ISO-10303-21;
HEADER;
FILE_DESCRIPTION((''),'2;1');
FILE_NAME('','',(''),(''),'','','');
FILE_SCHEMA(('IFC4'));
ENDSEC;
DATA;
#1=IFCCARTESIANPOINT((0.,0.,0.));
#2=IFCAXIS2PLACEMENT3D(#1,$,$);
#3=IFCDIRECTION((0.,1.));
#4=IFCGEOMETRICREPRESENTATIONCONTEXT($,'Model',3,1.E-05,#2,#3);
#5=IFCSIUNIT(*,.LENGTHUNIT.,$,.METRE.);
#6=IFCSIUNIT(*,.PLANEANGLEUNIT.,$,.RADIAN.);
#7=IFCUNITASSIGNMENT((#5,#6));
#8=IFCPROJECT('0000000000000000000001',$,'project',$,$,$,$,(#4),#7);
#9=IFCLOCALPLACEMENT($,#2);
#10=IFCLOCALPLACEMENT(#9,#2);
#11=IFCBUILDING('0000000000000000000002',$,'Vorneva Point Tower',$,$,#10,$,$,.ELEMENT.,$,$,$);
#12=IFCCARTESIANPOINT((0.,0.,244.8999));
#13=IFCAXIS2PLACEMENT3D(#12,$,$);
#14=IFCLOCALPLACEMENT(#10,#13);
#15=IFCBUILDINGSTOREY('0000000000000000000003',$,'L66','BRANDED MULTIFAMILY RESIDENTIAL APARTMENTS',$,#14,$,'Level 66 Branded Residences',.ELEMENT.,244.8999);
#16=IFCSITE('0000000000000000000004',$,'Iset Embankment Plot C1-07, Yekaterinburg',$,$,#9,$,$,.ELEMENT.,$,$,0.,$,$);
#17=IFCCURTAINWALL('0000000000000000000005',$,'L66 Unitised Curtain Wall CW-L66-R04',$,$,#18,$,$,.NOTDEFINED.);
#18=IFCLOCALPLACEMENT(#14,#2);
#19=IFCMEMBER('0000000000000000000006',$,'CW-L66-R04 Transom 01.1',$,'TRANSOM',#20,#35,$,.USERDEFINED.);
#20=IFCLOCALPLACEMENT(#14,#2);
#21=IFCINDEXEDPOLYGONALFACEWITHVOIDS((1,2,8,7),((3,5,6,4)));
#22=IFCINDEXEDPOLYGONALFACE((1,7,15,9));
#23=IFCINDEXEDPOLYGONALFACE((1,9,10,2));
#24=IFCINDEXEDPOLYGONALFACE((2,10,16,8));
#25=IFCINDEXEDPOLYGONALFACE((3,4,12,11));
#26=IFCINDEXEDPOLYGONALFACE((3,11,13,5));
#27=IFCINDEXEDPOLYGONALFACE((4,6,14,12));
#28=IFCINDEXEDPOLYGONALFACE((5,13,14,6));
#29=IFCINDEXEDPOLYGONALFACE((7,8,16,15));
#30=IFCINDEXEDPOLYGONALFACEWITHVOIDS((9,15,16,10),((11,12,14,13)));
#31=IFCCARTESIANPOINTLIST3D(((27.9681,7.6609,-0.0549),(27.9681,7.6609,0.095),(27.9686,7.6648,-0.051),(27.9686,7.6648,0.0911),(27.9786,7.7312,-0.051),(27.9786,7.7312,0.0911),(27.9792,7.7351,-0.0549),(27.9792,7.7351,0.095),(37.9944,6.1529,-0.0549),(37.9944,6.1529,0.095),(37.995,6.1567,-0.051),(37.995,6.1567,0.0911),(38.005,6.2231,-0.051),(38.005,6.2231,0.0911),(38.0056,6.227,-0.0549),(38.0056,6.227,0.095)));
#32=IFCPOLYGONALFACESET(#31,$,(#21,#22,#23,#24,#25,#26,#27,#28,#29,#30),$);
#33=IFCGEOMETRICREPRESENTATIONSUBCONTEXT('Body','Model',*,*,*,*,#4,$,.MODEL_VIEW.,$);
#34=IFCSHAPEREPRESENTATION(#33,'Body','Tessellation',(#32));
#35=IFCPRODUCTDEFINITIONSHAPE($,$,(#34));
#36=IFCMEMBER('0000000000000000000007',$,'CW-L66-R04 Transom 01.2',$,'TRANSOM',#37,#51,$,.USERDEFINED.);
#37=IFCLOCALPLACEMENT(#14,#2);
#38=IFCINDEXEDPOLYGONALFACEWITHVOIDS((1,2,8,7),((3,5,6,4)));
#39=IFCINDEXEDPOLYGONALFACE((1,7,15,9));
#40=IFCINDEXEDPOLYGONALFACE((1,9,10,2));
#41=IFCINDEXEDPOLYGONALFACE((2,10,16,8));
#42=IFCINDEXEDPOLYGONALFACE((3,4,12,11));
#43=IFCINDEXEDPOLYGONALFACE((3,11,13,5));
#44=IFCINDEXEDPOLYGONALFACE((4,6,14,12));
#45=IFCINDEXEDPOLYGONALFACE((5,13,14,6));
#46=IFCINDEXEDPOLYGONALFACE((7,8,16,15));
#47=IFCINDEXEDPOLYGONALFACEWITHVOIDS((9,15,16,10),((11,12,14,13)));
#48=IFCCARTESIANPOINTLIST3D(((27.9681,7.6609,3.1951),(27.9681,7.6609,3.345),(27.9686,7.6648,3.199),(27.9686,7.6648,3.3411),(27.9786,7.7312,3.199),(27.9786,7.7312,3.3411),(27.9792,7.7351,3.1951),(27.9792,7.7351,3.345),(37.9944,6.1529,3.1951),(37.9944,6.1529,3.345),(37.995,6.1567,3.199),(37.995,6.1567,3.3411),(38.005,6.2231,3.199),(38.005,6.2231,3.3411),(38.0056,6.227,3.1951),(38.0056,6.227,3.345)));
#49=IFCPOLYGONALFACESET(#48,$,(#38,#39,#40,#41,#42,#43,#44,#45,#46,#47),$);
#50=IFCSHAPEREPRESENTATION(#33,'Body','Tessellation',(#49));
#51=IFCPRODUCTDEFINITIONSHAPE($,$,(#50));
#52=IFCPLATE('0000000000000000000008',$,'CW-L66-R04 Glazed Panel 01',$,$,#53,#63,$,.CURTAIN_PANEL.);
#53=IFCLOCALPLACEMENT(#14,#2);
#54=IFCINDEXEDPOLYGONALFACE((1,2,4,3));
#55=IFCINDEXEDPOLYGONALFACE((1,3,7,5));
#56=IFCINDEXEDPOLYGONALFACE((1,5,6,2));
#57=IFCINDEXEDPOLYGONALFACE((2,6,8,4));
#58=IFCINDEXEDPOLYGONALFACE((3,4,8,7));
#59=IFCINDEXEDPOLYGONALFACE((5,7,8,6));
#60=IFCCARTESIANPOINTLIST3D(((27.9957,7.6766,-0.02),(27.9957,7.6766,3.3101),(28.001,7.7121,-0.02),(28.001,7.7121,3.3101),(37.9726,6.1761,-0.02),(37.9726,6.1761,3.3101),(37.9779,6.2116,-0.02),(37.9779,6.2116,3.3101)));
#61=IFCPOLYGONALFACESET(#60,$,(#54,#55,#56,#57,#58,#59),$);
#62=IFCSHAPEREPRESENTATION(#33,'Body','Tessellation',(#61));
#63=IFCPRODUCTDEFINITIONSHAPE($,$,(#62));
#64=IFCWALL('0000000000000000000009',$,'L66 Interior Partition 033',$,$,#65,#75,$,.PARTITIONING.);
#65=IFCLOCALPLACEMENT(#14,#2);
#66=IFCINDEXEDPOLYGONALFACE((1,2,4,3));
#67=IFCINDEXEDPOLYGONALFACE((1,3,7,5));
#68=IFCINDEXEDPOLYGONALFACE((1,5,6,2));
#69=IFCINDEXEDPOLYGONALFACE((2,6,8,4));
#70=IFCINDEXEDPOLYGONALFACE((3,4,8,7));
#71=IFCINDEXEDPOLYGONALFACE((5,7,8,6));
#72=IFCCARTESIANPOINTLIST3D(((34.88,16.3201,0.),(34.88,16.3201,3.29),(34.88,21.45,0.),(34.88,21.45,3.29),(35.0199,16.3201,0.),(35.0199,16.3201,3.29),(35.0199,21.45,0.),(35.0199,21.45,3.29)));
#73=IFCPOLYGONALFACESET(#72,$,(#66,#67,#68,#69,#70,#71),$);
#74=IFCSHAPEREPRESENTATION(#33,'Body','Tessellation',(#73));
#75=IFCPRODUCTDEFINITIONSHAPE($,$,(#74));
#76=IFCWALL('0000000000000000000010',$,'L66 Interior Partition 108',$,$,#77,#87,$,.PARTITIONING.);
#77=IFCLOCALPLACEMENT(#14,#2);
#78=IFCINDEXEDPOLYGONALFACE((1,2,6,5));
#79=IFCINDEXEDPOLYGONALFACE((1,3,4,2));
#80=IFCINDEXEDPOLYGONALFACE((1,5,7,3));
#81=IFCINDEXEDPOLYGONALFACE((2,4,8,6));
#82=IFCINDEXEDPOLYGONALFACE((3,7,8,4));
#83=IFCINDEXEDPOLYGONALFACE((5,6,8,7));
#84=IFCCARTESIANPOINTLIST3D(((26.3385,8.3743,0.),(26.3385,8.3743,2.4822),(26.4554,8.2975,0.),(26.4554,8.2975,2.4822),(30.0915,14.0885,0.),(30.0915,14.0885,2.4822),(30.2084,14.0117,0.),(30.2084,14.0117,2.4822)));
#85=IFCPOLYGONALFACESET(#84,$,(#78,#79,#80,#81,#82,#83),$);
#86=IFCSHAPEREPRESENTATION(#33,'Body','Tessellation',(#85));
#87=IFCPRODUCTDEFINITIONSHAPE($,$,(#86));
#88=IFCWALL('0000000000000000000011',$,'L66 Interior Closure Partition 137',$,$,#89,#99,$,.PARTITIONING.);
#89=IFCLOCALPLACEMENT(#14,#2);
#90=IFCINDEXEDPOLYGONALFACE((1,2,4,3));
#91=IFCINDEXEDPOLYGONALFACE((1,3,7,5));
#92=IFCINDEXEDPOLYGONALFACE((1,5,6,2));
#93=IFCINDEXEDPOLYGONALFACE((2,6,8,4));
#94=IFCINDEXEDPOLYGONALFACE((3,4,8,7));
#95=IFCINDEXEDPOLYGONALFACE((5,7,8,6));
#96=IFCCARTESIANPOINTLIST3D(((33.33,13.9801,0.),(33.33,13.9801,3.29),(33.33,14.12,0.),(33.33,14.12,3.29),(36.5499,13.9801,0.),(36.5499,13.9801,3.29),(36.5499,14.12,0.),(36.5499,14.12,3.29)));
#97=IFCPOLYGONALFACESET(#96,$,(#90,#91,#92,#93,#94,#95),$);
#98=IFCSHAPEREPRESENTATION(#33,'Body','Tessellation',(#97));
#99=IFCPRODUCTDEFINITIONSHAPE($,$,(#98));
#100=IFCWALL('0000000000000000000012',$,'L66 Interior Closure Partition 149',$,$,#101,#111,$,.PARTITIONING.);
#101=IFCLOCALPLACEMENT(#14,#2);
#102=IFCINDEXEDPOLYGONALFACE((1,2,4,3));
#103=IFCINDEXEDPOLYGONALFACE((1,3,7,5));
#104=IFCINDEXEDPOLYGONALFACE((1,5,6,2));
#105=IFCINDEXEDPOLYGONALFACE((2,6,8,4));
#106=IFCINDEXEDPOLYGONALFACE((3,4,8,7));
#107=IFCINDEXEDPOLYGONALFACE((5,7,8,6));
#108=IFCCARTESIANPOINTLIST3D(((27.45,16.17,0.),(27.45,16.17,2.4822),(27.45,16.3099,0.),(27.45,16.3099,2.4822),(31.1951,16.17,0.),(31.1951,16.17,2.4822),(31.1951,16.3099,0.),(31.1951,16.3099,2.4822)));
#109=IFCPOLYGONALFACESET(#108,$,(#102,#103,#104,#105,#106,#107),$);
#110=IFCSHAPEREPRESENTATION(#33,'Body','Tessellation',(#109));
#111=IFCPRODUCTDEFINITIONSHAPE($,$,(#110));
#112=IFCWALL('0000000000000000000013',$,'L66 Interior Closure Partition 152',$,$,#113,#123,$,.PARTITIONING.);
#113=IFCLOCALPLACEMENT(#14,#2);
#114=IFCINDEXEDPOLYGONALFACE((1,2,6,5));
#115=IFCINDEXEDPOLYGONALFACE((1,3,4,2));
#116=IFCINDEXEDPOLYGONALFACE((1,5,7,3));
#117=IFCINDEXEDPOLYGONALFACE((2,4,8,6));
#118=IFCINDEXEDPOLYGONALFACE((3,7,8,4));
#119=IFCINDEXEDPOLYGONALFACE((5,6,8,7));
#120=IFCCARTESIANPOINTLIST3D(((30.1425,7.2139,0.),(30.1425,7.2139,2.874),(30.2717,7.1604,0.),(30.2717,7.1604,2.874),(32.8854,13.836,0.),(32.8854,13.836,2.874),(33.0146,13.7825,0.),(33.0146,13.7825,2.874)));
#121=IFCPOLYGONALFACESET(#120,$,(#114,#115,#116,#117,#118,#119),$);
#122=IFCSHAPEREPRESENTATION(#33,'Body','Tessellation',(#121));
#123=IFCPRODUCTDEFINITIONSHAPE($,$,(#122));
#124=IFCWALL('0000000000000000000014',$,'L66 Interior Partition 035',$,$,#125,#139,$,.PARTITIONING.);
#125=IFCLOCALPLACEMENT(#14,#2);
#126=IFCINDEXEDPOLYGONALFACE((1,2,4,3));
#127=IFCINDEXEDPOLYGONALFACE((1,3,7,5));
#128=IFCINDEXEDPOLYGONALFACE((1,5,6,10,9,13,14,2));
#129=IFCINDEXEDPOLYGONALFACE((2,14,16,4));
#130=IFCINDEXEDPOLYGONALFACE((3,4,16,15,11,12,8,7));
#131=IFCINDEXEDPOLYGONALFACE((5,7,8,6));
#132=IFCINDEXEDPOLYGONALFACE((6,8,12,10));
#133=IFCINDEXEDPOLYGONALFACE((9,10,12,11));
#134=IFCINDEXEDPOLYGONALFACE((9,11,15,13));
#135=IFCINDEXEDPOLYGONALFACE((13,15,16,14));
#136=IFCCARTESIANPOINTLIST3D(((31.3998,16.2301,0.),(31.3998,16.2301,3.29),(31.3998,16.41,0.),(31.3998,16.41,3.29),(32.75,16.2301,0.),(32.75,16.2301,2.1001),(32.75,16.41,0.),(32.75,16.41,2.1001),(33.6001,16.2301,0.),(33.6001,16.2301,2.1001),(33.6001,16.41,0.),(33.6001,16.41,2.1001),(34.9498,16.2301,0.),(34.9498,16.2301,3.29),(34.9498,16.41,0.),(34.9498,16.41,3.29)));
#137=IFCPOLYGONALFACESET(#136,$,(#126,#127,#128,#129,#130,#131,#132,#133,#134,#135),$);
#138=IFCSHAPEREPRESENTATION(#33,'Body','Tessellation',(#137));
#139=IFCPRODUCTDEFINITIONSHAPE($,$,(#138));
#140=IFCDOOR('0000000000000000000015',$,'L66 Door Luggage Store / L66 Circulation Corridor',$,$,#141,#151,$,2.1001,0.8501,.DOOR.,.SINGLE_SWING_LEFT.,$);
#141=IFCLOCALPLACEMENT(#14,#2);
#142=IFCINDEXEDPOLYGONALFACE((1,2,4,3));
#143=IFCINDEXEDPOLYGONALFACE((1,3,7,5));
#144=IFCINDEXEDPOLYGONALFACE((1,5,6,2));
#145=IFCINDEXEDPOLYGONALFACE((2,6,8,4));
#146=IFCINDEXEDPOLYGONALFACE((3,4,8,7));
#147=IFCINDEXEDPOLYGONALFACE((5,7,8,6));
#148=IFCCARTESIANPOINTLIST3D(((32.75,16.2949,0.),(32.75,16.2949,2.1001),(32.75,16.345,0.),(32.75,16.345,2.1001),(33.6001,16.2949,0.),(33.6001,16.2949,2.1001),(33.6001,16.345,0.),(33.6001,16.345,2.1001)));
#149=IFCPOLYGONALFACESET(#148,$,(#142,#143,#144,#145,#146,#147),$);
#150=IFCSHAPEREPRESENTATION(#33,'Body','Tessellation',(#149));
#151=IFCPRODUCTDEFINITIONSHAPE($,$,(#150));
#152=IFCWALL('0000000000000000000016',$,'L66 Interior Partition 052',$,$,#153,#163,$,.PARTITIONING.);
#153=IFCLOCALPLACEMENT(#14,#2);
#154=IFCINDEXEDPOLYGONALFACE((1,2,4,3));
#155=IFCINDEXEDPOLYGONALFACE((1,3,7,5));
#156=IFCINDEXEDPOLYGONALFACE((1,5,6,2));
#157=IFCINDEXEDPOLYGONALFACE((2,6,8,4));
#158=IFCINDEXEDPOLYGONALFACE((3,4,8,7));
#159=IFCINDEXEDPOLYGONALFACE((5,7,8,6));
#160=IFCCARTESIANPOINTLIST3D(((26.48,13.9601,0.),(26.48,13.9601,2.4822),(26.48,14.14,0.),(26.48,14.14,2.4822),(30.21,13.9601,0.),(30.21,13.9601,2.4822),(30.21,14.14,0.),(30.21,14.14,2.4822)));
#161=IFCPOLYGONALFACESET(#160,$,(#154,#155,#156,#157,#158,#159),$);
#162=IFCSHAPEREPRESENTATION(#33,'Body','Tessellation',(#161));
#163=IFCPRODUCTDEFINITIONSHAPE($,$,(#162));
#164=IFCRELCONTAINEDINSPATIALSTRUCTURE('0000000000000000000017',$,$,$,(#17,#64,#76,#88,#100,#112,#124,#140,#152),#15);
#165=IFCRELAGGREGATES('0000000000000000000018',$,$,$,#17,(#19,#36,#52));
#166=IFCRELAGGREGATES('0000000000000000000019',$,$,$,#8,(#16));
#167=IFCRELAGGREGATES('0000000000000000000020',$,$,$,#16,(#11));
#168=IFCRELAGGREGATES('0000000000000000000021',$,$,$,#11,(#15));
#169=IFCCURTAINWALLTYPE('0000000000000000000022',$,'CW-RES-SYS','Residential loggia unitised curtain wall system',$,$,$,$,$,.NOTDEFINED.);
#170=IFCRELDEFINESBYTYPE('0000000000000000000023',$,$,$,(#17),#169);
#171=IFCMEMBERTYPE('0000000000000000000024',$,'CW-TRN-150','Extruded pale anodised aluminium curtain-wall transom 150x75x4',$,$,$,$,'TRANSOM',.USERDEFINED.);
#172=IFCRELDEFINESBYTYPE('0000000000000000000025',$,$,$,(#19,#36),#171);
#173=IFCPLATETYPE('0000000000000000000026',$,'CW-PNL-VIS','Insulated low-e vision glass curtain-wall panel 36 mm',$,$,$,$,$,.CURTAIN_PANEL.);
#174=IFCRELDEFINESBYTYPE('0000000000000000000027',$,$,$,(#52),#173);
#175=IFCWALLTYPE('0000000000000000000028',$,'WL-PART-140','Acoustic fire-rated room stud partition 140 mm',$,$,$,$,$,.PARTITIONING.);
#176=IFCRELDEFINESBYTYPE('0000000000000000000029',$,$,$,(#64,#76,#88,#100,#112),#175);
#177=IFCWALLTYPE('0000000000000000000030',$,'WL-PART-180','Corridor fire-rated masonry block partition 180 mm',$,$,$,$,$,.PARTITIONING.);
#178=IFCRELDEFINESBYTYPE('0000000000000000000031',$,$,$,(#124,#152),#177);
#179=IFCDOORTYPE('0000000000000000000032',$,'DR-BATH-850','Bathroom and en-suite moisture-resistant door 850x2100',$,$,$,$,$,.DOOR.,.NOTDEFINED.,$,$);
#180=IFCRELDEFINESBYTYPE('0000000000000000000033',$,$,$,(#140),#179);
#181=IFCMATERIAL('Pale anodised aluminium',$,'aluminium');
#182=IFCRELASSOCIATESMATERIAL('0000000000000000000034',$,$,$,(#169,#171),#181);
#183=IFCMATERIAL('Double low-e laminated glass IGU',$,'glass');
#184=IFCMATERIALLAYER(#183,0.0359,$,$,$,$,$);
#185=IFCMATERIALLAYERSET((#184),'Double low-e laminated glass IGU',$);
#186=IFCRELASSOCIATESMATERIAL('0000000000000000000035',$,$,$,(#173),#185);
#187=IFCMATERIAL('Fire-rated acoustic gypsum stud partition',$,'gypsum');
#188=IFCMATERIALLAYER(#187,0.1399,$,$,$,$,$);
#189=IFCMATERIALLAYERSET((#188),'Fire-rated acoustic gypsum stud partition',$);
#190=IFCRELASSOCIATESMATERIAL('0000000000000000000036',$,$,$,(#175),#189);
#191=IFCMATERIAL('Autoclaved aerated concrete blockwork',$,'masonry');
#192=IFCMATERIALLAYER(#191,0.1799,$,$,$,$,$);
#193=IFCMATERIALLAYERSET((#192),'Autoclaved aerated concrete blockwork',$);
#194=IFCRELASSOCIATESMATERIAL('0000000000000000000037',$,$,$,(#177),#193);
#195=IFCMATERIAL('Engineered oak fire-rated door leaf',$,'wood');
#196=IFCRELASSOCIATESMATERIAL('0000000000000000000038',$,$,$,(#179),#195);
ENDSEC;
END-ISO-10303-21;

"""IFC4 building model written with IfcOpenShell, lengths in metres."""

from ifc_helpers import new_model, si_unit, direction, frame, frame_2d, origin, origin_2d, place, context, subcontext, project, spatial, rectangle, hollow_rectangle, extrude, material, layer, layer_set, material_profile, profile_set, type_object, element, fill, aggregate, save


model = new_model("IFC4")

# Units and contexts
model_context = context("Model", 3, precision=1e-05, world=origin(), true_north=direction((0.0, 1.0)))
body_context = subcontext(model_context, "Body", "Model", "MODEL_VIEW")
ifc_project = project(units=[si_unit("LENGTHUNIT", "METRE"), si_unit("PLANEANGLEUNIT", "RADIAN")], contexts=[model_context])

# Site, building, storey
site_placement = place(None, origin())
site = spatial("IfcSite", under=ifc_project, at=site_placement, Name="Iset Embankment Plot C1-07, Yekaterinburg", CompositionType="ELEMENT", RefElevation=0.0)
building_placement = place(site_placement, origin())
building = spatial("IfcBuilding", under=site, at=building_placement, Name="Vorneva Point Tower", CompositionType="ELEMENT")
storey_placement = place(building_placement, frame((0.0, 0.0, 244.8999)))
storey = spatial("IfcBuildingStorey", under=building, at=storey_placement, Name="L66", Description="BRANDED MULTIFAMILY RESIDENTIAL APARTMENTS", LongName="Level 66 Branded Residences", CompositionType="ELEMENT", Elevation=244.8999)

# Curtain wall, members, plate
ifc_material_1 = material(Name="Pale anodised aluminium", Category="aluminium")
curtain_wall_type = type_object("IfcCurtainWallType", Name="CW-RES-SYS", Description="Residential loggia unitised curtain wall system", PredefinedType="NOTDEFINED", material=ifc_material_1)
curtain_wall_placement = place(storey_placement, origin())
curtain_wall = element("IfcCurtainWall", 1, at=curtain_wall_placement, inside=storey, type_object=curtain_wall_type, Name="L66 Unitised Curtain Wall CW-L66-R04", PredefinedType="NOTDEFINED")
ifc_material_profile_1 = material_profile(ifc_material_1, hollow_rectangle(XDim=0.075, YDim=0.1499, WallThickness=0.0039, at=origin_2d()), Name="AL-TRN 150x75x4")
ifc_profile_set_1 = profile_set([ifc_material_profile_1], Name="Pale anodised aluminium")
member_type_1 = type_object("IfcMemberType", Name="CW-TRN-150", Description="Extruded pale anodised aluminium curtain-wall transom 150x75x4", ElementType="TRANSOM", PredefinedType="USERDEFINED", material=ifc_profile_set_1)
member_1_placement = place(storey_placement, frame((27.9736, 7.698, 0.02), z_axis=(0.988877, -0.148736, 0.0), x_axis=(0.148736, 0.988877, 0.0)))
member_1 = element("IfcMember", 2, at=member_1_placement, type_object=member_type_1, Name="CW-L66-R04 Transom 01.1", ObjectType="TRANSOM", PredefinedType="USERDEFINED", context=body_context, shape_type="SweptSolid", body=[
    extrude(hollow_rectangle(XDim=0.075, YDim=0.1499, WallThickness=0.0039, at=origin_2d()), origin(), (0.0, 0.0, 1.0), 10.1392),
])
member_2_placement = place(storey_placement, frame((27.9736, 7.698, 3.27), z_axis=(0.988877, -0.148736, 0.0), x_axis=(0.148736, 0.988877, 0.0)))
member_2 = element("IfcMember", 3, at=member_2_placement, type_object=member_type_1, Name="CW-L66-R04 Transom 01.2", ObjectType="TRANSOM", PredefinedType="USERDEFINED", context=body_context, shape_type="SweptSolid", body=[
    extrude(hollow_rectangle(XDim=0.075, YDim=0.1499, WallThickness=0.0039, at=origin_2d()), origin(), (0.0, 0.0, 1.0), 10.1392),
])
ifc_material_2 = material(Name="Double low-e laminated glass IGU", Category="glass")
ifc_layer_1 = layer(ifc_material_2, 0.0359)
ifc_layer_set_1 = layer_set([ifc_layer_1], Name="Double low-e laminated glass IGU")
plate_type = type_object("IfcPlateType", Name="CW-PNL-VIS", Description="Insulated low-e vision glass curtain-wall panel 36 mm", PredefinedType="CURTAIN_PANEL", material=ifc_layer_set_1)
plate_placement = place(storey_placement, frame((32.9868, 6.9441, -0.02), z_axis=(0.0, 0.0, 1.0), x_axis=(0.988879, -0.148724, 0.0)))
plate = element("IfcPlate", 4, at=plate_placement, type_object=plate_type, Name="CW-L66-R04 Glazed Panel 01", PredefinedType="CURTAIN_PANEL", context=body_context, shape_type="SweptSolid", body=[
    extrude(rectangle(XDim=10.0891, YDim=0.0359, at=origin_2d()), origin(), (0.0, 0.0, 1.0), 3.3301),
])
aggregate(curtain_wall, [member_1, member_2, plate])

# Walls
ifc_material_3 = material(Name="Fire-rated acoustic gypsum stud partition", Category="gypsum")
ifc_layer_2 = layer(ifc_material_3, 0.1399)
ifc_layer_set_2 = layer_set([ifc_layer_2], Name="Fire-rated acoustic gypsum stud partition")
wall_type_1 = type_object("IfcWallType", Name="WL-PART-140", Description="Acoustic fire-rated room stud partition 140 mm", PredefinedType="PARTITIONING", material=ifc_layer_set_2)
wall_1_placement = place(storey_placement, frame((34.95, 16.3201, 0.0), z_axis=(0.0, 0.0, 1.0), x_axis=(0.0, 1.0, 0.0)))
element("IfcWall", 5, at=wall_1_placement, inside=storey, type_object=wall_type_1, Name="L66 Interior Partition 033", PredefinedType="PARTITIONING", context=body_context, shape_type="SweptSolid", body=[
    extrude(rectangle(XDim=5.1299, YDim=0.1399, at=frame_2d((2.5649, 0.0))), origin(), (0.0, 0.0, 1.0), 3.29),
])
wall_2_placement = place(storey_placement, frame((26.397, 8.3359, 0.0), z_axis=(0.0, 0.0, 1.0), x_axis=(0.548968, 0.835844, 0.0)))
element("IfcWall", 6, at=wall_2_placement, inside=storey, type_object=wall_type_1, Name="L66 Interior Partition 108", PredefinedType="PARTITIONING", context=body_context, shape_type="SweptSolid", body=[
    extrude(rectangle(XDim=6.8364, YDim=0.1399, at=frame_2d((3.4182, 0.0))), origin(), (0.0, 0.0, 1.0), 2.4822),
])
wall_3_placement = place(storey_placement, frame((33.3301, 14.05, 0.0), z_axis=(0.0, 0.0, 1.0), x_axis=(1.0, 0.0, 0.0)))
element("IfcWall", 7, at=wall_3_placement, inside=storey, type_object=wall_type_1, Name="L66 Interior Closure Partition 137", PredefinedType="PARTITIONING", context=body_context, shape_type="SweptSolid", body=[
    extrude(rectangle(XDim=3.22, YDim=0.1399, at=frame_2d((1.6099, 0.0))), origin(), (0.0, 0.0, 1.0), 3.29),
])
wall_4_placement = place(storey_placement, frame((27.45, 16.24, 0.0), z_axis=(0.0, 0.0, 1.0), x_axis=(1.0, 0.0, 0.0)))
element("IfcWall", 8, at=wall_4_placement, inside=storey, type_object=wall_type_1, Name="L66 Interior Closure Partition 149", PredefinedType="PARTITIONING", context=body_context, shape_type="SweptSolid", body=[
    extrude(rectangle(XDim=3.7451, YDim=0.1399, at=frame_2d((1.8726, 0.0))), origin(), (0.0, 0.0, 1.0), 2.4822),
])
wall_5_placement = place(storey_placement, frame((30.207, 7.187, 0.0), z_axis=(0.0, 0.0, 1.0), x_axis=(0.38268, 0.923881, 0.0)))
element("IfcWall", 9, at=wall_5_placement, inside=storey, type_object=wall_type_1, Name="L66 Interior Closure Partition 152", PredefinedType="PARTITIONING", context=body_context, shape_type="SweptSolid", body=[
    extrude(rectangle(XDim=7.1677, YDim=0.1399, at=frame_2d((3.584, 0.0))), origin(), (0.0, 0.0, 1.0), 2.874),
])

# Wall, opening, door
ifc_material_4 = material(Name="Autoclaved aerated concrete blockwork", Category="masonry")
ifc_layer_3 = layer(ifc_material_4, 0.1799)
ifc_layer_set_3 = layer_set([ifc_layer_3], Name="Autoclaved aerated concrete blockwork")
wall_type_2 = type_object("IfcWallType", Name="WL-PART-180", Description="Corridor fire-rated masonry block partition 180 mm", PredefinedType="PARTITIONING", material=ifc_layer_set_3)
wall_6_placement = place(storey_placement, frame((31.3999, 16.3201, 0.0), z_axis=(0.0, 0.0, 1.0), x_axis=(1.0, 0.0, 0.0)))
wall_6 = element("IfcWall", 10, at=wall_6_placement, inside=storey, type_object=wall_type_2, Name="L66 Interior Partition 035", PredefinedType="PARTITIONING", context=body_context, shape_type="SweptSolid", body=[
    extrude(rectangle(XDim=3.55, YDim=0.1799, at=frame_2d((1.7749, 0.0))), origin(), (0.0, 0.0, 1.0), 3.29),
])
opening_1_placement = place(wall_6_placement, frame((1.3501, 0.0, 0.0)))
opening_1 = element("IfcOpeningElement", 11, at=opening_1_placement, cuts=wall_6, PredefinedType="OPENING", context=body_context, shape_type="SweptSolid", body=[
    extrude(rectangle(XDim=0.8501, YDim=2.1001, at=frame_2d((0.425, 1.05))), frame((0.0, 0.105, 0.0), z_axis=(0.0, -1.0, 0.0), x_axis=(1.0, 0.0, 0.0)), (0.0, 0.0, 1.0), 0.2097),
])
ifc_material_5 = material(Name="Engineered oak fire-rated door leaf", Category="wood")
door_type_1 = type_object("IfcDoorType", Name="DR-BATH-850", Description="Bathroom and en-suite moisture-resistant door 850x2100", OperationType="NOTDEFINED", PredefinedType="DOOR", material=ifc_material_5)
door_1_placement = place(opening_1_placement, origin())
door_1 = element("IfcDoor", 12, at=door_1_placement, inside=storey, type_object=door_type_1, Name="L66 Door Luggage Store / L66 Circulation Corridor", OperationType="SINGLE_SWING_LEFT", OverallHeight=2.1001, OverallWidth=0.8501, PredefinedType="DOOR", context=body_context, shape_type="SweptSolid", body=[
    extrude(rectangle(XDim=0.8501, YDim=2.1001, at=frame_2d((0.425, 1.05))), frame((0.0, 0.0249, 0.0), z_axis=(0.0, -1.0, 0.0), x_axis=(1.0, 0.0, 0.0)), (0.0, 0.0, 1.0), 0.05),
])
fill(opening_1, door_1)

# Wall
wall_7_placement = place(storey_placement, frame((26.48, 14.05, 0.0), z_axis=(0.0, 0.0, 1.0), x_axis=(1.0, 0.0, 0.0)))
element("IfcWall", 13, at=wall_7_placement, inside=storey, type_object=wall_type_2, Name="L66 Interior Partition 052", PredefinedType="PARTITIONING", context=body_context, shape_type="SweptSolid", body=[
    extrude(rectangle(XDim=3.73, YDim=0.1799, at=frame_2d((1.865, 0.0))), origin(), (0.0, 0.0, 1.0), 2.4822),
])

save(model, "model.ifc")
